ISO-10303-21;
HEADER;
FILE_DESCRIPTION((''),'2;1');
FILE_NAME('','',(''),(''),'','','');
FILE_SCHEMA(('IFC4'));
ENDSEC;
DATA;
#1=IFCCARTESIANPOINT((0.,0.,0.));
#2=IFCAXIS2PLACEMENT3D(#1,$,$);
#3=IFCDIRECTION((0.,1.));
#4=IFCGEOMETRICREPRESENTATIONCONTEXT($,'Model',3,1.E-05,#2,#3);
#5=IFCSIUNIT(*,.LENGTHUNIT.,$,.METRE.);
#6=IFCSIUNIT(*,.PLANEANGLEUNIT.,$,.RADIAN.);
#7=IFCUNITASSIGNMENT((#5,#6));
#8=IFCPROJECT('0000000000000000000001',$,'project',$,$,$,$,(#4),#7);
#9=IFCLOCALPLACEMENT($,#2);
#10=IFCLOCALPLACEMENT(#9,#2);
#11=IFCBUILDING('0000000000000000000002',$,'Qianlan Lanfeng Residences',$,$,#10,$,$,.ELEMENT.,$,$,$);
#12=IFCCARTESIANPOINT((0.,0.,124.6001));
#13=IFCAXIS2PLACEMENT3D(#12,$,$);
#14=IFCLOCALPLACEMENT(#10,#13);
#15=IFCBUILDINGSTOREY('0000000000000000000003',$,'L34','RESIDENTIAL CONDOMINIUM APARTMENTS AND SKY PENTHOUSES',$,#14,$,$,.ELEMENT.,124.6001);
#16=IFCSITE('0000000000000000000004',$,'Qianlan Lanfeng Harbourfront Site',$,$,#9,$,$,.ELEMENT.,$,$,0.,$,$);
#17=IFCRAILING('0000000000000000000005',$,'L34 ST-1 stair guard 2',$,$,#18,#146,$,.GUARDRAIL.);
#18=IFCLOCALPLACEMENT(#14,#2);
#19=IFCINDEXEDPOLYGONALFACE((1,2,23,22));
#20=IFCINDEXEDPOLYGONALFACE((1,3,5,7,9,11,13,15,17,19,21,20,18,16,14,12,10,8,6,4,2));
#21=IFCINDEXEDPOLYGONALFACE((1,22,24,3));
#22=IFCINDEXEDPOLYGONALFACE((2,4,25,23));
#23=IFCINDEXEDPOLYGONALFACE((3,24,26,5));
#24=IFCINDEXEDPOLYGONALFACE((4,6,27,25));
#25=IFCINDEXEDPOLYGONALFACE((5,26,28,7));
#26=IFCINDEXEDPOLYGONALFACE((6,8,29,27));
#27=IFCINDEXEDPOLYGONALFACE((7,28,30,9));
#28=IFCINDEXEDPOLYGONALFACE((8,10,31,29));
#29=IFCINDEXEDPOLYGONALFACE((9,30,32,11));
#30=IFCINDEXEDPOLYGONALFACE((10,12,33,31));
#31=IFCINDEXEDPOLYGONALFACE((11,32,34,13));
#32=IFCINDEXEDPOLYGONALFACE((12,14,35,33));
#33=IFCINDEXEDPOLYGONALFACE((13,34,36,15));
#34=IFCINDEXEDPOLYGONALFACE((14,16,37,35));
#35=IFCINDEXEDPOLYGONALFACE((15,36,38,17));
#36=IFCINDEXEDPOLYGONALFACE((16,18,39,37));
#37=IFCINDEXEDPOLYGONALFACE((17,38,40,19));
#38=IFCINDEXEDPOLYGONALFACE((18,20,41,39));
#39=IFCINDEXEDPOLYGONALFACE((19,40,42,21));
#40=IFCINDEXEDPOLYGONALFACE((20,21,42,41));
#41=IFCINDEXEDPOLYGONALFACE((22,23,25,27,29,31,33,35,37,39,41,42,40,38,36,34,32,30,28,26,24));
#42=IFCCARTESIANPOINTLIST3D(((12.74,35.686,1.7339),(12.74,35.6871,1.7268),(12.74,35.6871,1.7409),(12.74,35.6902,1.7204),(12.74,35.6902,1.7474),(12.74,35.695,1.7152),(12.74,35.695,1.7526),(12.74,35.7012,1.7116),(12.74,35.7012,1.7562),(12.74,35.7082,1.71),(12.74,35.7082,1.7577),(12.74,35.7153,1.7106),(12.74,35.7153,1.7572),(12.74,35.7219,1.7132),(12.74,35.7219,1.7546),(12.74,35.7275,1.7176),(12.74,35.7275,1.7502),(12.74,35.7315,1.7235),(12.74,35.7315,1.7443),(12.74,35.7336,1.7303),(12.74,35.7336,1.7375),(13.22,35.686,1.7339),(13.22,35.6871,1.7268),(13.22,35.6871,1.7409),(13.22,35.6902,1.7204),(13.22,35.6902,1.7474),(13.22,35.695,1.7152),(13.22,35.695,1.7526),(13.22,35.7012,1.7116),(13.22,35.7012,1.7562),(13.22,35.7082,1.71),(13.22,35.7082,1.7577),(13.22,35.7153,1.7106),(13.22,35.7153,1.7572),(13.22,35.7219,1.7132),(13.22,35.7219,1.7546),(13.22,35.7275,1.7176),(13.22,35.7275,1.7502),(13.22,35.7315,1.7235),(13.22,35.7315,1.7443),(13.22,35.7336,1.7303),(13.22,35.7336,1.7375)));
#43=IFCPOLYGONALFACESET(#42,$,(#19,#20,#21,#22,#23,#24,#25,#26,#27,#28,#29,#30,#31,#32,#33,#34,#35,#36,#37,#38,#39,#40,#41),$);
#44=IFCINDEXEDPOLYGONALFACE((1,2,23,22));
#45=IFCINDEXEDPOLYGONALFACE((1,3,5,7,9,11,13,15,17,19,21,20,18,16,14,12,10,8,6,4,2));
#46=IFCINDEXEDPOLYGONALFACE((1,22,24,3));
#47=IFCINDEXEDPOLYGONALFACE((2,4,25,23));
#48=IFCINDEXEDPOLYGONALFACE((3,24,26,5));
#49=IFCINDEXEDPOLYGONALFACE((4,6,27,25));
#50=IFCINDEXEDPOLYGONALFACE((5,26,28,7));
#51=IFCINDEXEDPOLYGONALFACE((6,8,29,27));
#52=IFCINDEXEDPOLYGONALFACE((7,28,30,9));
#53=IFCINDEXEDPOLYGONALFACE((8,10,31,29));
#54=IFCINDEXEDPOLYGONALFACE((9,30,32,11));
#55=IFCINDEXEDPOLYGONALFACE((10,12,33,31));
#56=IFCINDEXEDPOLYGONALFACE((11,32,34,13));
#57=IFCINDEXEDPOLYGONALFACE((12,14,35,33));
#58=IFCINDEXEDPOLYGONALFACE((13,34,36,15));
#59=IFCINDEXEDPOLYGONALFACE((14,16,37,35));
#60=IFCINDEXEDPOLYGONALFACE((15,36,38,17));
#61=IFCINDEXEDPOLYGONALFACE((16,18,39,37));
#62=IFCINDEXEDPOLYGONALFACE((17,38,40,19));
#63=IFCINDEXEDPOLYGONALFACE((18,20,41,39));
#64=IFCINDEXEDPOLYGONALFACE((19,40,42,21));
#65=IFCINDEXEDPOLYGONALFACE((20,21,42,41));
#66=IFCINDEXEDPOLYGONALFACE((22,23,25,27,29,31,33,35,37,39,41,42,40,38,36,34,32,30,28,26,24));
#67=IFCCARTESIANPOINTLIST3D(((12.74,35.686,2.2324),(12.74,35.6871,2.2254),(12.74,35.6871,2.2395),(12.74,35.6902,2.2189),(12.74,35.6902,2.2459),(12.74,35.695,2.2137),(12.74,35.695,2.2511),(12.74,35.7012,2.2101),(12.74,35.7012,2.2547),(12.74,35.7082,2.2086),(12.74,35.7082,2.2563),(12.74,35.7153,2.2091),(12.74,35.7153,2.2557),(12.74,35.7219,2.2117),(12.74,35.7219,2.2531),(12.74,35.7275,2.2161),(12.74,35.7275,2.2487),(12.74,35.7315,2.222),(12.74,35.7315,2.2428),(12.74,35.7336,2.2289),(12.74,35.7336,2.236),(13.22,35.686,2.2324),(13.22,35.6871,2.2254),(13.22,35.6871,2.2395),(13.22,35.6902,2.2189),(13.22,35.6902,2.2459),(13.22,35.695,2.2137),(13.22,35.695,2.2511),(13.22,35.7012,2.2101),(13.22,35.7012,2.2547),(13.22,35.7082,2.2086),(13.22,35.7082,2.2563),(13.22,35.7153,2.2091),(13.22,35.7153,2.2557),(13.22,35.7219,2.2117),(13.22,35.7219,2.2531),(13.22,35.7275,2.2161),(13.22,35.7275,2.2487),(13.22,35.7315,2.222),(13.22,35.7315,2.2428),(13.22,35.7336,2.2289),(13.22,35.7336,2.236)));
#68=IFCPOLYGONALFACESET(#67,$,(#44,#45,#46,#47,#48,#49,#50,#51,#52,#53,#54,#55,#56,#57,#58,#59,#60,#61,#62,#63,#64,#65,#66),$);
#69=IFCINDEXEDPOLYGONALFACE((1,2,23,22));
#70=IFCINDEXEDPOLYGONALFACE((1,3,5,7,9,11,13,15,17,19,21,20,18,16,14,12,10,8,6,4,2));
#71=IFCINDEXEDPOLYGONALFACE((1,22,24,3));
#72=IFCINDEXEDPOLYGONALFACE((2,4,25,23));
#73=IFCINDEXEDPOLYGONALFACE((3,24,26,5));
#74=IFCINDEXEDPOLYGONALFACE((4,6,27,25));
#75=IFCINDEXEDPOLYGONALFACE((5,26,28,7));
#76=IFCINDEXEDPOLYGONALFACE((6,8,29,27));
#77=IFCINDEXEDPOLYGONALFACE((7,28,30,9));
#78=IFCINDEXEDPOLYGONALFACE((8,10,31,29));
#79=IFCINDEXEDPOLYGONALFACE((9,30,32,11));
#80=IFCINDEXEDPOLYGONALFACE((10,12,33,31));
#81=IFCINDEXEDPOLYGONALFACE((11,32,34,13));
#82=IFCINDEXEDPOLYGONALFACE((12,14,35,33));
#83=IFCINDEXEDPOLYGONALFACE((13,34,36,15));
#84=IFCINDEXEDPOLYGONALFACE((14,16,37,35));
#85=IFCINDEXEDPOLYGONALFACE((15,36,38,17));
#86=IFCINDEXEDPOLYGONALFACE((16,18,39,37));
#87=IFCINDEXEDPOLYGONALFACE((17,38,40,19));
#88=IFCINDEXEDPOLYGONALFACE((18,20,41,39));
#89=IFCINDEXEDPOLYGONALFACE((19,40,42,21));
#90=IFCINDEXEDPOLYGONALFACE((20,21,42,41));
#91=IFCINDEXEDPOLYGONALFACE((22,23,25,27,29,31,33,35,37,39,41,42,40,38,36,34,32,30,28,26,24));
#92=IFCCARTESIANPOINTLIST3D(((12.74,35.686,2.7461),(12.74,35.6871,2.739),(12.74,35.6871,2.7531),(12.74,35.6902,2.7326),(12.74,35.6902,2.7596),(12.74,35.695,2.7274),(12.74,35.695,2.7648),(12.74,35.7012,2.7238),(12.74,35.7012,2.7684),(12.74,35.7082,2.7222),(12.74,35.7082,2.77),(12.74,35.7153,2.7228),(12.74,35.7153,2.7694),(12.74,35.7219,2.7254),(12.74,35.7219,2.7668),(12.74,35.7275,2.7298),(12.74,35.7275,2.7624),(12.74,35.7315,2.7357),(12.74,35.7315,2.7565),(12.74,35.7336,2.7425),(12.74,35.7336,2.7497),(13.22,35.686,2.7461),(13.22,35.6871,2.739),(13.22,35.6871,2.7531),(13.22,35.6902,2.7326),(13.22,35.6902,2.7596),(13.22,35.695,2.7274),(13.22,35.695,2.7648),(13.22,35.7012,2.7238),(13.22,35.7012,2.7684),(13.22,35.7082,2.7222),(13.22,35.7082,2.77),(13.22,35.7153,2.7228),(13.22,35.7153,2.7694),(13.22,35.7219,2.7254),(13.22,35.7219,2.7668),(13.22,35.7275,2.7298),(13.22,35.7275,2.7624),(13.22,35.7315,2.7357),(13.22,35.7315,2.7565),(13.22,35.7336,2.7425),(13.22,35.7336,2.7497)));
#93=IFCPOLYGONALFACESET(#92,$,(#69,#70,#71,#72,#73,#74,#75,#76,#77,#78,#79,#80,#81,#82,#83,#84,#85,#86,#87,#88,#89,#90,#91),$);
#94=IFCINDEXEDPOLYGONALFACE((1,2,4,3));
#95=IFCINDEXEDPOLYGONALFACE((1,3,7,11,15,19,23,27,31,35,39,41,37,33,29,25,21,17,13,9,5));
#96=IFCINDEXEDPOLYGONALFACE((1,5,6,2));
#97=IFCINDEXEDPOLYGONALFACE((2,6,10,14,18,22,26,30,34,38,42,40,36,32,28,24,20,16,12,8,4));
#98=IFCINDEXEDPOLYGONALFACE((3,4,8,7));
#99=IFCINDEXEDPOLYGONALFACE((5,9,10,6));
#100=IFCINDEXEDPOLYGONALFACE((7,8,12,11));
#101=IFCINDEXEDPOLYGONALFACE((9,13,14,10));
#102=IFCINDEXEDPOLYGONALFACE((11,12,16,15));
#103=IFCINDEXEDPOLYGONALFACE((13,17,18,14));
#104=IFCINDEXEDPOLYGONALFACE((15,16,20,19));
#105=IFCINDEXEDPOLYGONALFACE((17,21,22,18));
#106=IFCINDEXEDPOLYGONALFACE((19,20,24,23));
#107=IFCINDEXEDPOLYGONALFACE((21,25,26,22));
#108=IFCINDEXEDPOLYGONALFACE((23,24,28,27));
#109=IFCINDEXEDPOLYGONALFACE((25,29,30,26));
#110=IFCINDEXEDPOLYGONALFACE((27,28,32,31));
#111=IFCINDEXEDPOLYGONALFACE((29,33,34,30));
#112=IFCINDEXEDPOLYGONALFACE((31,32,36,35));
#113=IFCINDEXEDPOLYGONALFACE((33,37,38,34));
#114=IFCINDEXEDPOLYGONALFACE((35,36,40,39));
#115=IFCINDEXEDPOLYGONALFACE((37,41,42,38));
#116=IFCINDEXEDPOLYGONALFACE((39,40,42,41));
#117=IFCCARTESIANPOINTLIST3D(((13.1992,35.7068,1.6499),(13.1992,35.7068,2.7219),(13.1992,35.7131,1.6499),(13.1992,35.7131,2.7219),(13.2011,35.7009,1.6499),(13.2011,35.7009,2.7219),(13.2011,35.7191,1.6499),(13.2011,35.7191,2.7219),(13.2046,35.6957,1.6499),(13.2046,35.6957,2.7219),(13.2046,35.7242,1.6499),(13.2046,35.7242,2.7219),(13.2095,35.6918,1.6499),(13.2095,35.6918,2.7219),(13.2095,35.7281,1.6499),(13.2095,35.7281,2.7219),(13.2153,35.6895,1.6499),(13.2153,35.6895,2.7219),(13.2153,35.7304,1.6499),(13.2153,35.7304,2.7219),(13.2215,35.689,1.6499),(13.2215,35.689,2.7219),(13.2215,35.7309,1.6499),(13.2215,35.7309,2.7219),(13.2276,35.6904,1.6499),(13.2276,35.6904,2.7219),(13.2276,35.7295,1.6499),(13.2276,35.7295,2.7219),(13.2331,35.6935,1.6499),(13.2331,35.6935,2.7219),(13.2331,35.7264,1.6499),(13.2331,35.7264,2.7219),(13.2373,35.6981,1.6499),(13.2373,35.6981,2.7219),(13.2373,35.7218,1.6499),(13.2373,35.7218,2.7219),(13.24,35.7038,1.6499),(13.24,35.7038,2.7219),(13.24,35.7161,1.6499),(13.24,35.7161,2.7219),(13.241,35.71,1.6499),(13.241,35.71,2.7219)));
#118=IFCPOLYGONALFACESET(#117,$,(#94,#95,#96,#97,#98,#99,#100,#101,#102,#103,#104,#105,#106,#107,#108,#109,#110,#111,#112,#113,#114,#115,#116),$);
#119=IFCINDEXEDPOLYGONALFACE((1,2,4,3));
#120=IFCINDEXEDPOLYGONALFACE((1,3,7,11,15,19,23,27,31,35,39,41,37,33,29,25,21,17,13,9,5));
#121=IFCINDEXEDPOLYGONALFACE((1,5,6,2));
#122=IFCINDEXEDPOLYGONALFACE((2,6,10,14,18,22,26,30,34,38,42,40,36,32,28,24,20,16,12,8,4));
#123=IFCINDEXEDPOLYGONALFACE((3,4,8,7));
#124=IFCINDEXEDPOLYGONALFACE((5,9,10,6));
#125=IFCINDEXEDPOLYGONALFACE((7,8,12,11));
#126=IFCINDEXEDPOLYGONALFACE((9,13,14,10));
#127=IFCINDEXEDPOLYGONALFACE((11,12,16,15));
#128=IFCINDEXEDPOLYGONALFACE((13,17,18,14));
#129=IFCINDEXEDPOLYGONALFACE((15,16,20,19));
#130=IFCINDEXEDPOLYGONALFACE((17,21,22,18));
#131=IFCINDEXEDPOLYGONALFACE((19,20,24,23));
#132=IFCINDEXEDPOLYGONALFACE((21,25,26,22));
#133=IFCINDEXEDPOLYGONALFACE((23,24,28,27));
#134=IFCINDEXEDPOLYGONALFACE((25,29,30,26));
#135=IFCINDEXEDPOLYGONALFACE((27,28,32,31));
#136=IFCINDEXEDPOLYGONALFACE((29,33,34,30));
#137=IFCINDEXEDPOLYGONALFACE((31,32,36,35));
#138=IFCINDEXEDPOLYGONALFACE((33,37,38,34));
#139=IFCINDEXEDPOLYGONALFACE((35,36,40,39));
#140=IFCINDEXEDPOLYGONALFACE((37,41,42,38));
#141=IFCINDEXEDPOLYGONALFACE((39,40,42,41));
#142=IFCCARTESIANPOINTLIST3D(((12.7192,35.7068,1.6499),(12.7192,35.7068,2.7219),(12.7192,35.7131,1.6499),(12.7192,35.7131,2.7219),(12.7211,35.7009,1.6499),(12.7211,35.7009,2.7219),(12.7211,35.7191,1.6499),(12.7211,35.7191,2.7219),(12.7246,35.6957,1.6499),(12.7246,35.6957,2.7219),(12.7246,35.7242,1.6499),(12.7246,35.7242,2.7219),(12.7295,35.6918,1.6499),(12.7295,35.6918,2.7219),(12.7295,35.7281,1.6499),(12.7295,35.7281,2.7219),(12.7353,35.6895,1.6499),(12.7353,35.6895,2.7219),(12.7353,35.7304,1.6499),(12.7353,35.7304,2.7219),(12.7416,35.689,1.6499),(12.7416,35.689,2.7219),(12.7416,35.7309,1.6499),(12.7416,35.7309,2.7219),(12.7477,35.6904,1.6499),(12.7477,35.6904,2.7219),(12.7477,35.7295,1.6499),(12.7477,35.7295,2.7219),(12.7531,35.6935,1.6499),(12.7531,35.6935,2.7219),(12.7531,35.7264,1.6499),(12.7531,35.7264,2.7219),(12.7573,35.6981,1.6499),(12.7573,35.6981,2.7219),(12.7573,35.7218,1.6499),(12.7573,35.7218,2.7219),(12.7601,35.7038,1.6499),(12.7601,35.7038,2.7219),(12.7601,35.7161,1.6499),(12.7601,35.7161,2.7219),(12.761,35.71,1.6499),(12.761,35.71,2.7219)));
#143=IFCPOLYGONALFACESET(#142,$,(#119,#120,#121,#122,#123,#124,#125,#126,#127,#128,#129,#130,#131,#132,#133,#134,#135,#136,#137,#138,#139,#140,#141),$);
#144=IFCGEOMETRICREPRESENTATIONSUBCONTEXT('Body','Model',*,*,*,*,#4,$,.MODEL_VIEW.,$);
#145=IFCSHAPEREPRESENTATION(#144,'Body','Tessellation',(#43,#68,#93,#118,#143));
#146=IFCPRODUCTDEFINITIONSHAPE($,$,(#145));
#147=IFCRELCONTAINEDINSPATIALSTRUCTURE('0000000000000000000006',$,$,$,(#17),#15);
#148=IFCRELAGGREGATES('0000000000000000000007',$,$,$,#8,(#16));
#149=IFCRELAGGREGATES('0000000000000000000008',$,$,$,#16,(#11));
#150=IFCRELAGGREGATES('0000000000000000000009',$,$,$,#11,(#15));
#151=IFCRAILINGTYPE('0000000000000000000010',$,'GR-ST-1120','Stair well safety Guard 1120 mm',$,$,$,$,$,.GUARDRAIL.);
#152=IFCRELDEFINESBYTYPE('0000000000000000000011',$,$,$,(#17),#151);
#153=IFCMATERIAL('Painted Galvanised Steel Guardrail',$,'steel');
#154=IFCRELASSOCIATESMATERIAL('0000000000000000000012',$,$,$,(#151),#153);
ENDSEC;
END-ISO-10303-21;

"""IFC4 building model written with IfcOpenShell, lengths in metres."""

from ifc_helpers import new_model, si_unit, direction, frame, origin, origin_2d, place, context, subcontext, project, spatial, circle, extrude, material, type_object, element, save


model = new_model("IFC4")

# Units and contexts
model_context = context("Model", 3, precision=1e-05, world=origin(), true_north=direction((0.0, 1.0)))
body_context = subcontext(model_context, "Body", "Model", "MODEL_VIEW")
ifc_project = project(units=[si_unit("LENGTHUNIT", "METRE"), si_unit("PLANEANGLEUNIT", "RADIAN")], contexts=[model_context])

# Site, building, storey
site_placement = place(None, origin())
site = spatial("IfcSite", under=ifc_project, at=site_placement, Name="Qianlan Lanfeng Harbourfront Site", CompositionType="ELEMENT", RefElevation=0.0)
building_placement = place(site_placement, origin())
building = spatial("IfcBuilding", under=site, at=building_placement, Name="Qianlan Lanfeng Residences", CompositionType="ELEMENT")
storey_placement = place(building_placement, frame((0.0, 0.0, 124.6001)))
storey = spatial("IfcBuildingStorey", under=building, at=storey_placement, Name="L34", Description="RESIDENTIAL CONDOMINIUM APARTMENTS AND SKY PENTHOUSES", CompositionType="ELEMENT", Elevation=124.6001)

# Railing
ifc_material_1 = material(Name="Painted Galvanised Steel Guardrail", Category="steel")
railing_type_1 = type_object("IfcRailingType", Name="GR-ST-1120", Description="Stair well safety Guard 1120 mm", PredefinedType="GUARDRAIL", material=ifc_material_1)
railing_1_placement = place(storey_placement, frame((13.22, 35.71, 1.6499)))
element("IfcRailing", 1, at=railing_1_placement, inside=storey, type_object=railing_type_1, Name="L34 ST-1 stair guard 2", PredefinedType="GUARDRAIL", context=body_context, shape_type="SweptSolid", body=[
    extrude(circle(Radius=0.0239, at=origin_2d()), frame((0.0, 0.0, 0.084), z_axis=(-1.0, 0.0, 0.0), x_axis=(0.0, -1.0, 0.0)), (0.0, 0.0, 1.0), 0.48),
    extrude(circle(Radius=0.0239, at=origin_2d()), frame((0.0, 0.0, 0.5825), z_axis=(-1.0, 0.0, 0.0), x_axis=(0.0, -1.0, 0.0)), (0.0, 0.0, 1.0), 0.48),
    extrude(circle(Radius=0.0239, at=origin_2d()), frame((0.0, 0.0, 1.0962), z_axis=(-1.0, 0.0, 0.0), x_axis=(0.0, -1.0, 0.0)), (0.0, 0.0, 1.0), 0.48),
    extrude(circle(Radius=0.021, at=origin_2d()), origin(), (0.0, 0.0, 1.0), 1.072),
    extrude(circle(Radius=0.021, at=origin_2d()), frame((-0.48, 0.0, 0.0)), (0.0, 0.0, 1.0), 1.072),
])

save(model, "model.ifc")
